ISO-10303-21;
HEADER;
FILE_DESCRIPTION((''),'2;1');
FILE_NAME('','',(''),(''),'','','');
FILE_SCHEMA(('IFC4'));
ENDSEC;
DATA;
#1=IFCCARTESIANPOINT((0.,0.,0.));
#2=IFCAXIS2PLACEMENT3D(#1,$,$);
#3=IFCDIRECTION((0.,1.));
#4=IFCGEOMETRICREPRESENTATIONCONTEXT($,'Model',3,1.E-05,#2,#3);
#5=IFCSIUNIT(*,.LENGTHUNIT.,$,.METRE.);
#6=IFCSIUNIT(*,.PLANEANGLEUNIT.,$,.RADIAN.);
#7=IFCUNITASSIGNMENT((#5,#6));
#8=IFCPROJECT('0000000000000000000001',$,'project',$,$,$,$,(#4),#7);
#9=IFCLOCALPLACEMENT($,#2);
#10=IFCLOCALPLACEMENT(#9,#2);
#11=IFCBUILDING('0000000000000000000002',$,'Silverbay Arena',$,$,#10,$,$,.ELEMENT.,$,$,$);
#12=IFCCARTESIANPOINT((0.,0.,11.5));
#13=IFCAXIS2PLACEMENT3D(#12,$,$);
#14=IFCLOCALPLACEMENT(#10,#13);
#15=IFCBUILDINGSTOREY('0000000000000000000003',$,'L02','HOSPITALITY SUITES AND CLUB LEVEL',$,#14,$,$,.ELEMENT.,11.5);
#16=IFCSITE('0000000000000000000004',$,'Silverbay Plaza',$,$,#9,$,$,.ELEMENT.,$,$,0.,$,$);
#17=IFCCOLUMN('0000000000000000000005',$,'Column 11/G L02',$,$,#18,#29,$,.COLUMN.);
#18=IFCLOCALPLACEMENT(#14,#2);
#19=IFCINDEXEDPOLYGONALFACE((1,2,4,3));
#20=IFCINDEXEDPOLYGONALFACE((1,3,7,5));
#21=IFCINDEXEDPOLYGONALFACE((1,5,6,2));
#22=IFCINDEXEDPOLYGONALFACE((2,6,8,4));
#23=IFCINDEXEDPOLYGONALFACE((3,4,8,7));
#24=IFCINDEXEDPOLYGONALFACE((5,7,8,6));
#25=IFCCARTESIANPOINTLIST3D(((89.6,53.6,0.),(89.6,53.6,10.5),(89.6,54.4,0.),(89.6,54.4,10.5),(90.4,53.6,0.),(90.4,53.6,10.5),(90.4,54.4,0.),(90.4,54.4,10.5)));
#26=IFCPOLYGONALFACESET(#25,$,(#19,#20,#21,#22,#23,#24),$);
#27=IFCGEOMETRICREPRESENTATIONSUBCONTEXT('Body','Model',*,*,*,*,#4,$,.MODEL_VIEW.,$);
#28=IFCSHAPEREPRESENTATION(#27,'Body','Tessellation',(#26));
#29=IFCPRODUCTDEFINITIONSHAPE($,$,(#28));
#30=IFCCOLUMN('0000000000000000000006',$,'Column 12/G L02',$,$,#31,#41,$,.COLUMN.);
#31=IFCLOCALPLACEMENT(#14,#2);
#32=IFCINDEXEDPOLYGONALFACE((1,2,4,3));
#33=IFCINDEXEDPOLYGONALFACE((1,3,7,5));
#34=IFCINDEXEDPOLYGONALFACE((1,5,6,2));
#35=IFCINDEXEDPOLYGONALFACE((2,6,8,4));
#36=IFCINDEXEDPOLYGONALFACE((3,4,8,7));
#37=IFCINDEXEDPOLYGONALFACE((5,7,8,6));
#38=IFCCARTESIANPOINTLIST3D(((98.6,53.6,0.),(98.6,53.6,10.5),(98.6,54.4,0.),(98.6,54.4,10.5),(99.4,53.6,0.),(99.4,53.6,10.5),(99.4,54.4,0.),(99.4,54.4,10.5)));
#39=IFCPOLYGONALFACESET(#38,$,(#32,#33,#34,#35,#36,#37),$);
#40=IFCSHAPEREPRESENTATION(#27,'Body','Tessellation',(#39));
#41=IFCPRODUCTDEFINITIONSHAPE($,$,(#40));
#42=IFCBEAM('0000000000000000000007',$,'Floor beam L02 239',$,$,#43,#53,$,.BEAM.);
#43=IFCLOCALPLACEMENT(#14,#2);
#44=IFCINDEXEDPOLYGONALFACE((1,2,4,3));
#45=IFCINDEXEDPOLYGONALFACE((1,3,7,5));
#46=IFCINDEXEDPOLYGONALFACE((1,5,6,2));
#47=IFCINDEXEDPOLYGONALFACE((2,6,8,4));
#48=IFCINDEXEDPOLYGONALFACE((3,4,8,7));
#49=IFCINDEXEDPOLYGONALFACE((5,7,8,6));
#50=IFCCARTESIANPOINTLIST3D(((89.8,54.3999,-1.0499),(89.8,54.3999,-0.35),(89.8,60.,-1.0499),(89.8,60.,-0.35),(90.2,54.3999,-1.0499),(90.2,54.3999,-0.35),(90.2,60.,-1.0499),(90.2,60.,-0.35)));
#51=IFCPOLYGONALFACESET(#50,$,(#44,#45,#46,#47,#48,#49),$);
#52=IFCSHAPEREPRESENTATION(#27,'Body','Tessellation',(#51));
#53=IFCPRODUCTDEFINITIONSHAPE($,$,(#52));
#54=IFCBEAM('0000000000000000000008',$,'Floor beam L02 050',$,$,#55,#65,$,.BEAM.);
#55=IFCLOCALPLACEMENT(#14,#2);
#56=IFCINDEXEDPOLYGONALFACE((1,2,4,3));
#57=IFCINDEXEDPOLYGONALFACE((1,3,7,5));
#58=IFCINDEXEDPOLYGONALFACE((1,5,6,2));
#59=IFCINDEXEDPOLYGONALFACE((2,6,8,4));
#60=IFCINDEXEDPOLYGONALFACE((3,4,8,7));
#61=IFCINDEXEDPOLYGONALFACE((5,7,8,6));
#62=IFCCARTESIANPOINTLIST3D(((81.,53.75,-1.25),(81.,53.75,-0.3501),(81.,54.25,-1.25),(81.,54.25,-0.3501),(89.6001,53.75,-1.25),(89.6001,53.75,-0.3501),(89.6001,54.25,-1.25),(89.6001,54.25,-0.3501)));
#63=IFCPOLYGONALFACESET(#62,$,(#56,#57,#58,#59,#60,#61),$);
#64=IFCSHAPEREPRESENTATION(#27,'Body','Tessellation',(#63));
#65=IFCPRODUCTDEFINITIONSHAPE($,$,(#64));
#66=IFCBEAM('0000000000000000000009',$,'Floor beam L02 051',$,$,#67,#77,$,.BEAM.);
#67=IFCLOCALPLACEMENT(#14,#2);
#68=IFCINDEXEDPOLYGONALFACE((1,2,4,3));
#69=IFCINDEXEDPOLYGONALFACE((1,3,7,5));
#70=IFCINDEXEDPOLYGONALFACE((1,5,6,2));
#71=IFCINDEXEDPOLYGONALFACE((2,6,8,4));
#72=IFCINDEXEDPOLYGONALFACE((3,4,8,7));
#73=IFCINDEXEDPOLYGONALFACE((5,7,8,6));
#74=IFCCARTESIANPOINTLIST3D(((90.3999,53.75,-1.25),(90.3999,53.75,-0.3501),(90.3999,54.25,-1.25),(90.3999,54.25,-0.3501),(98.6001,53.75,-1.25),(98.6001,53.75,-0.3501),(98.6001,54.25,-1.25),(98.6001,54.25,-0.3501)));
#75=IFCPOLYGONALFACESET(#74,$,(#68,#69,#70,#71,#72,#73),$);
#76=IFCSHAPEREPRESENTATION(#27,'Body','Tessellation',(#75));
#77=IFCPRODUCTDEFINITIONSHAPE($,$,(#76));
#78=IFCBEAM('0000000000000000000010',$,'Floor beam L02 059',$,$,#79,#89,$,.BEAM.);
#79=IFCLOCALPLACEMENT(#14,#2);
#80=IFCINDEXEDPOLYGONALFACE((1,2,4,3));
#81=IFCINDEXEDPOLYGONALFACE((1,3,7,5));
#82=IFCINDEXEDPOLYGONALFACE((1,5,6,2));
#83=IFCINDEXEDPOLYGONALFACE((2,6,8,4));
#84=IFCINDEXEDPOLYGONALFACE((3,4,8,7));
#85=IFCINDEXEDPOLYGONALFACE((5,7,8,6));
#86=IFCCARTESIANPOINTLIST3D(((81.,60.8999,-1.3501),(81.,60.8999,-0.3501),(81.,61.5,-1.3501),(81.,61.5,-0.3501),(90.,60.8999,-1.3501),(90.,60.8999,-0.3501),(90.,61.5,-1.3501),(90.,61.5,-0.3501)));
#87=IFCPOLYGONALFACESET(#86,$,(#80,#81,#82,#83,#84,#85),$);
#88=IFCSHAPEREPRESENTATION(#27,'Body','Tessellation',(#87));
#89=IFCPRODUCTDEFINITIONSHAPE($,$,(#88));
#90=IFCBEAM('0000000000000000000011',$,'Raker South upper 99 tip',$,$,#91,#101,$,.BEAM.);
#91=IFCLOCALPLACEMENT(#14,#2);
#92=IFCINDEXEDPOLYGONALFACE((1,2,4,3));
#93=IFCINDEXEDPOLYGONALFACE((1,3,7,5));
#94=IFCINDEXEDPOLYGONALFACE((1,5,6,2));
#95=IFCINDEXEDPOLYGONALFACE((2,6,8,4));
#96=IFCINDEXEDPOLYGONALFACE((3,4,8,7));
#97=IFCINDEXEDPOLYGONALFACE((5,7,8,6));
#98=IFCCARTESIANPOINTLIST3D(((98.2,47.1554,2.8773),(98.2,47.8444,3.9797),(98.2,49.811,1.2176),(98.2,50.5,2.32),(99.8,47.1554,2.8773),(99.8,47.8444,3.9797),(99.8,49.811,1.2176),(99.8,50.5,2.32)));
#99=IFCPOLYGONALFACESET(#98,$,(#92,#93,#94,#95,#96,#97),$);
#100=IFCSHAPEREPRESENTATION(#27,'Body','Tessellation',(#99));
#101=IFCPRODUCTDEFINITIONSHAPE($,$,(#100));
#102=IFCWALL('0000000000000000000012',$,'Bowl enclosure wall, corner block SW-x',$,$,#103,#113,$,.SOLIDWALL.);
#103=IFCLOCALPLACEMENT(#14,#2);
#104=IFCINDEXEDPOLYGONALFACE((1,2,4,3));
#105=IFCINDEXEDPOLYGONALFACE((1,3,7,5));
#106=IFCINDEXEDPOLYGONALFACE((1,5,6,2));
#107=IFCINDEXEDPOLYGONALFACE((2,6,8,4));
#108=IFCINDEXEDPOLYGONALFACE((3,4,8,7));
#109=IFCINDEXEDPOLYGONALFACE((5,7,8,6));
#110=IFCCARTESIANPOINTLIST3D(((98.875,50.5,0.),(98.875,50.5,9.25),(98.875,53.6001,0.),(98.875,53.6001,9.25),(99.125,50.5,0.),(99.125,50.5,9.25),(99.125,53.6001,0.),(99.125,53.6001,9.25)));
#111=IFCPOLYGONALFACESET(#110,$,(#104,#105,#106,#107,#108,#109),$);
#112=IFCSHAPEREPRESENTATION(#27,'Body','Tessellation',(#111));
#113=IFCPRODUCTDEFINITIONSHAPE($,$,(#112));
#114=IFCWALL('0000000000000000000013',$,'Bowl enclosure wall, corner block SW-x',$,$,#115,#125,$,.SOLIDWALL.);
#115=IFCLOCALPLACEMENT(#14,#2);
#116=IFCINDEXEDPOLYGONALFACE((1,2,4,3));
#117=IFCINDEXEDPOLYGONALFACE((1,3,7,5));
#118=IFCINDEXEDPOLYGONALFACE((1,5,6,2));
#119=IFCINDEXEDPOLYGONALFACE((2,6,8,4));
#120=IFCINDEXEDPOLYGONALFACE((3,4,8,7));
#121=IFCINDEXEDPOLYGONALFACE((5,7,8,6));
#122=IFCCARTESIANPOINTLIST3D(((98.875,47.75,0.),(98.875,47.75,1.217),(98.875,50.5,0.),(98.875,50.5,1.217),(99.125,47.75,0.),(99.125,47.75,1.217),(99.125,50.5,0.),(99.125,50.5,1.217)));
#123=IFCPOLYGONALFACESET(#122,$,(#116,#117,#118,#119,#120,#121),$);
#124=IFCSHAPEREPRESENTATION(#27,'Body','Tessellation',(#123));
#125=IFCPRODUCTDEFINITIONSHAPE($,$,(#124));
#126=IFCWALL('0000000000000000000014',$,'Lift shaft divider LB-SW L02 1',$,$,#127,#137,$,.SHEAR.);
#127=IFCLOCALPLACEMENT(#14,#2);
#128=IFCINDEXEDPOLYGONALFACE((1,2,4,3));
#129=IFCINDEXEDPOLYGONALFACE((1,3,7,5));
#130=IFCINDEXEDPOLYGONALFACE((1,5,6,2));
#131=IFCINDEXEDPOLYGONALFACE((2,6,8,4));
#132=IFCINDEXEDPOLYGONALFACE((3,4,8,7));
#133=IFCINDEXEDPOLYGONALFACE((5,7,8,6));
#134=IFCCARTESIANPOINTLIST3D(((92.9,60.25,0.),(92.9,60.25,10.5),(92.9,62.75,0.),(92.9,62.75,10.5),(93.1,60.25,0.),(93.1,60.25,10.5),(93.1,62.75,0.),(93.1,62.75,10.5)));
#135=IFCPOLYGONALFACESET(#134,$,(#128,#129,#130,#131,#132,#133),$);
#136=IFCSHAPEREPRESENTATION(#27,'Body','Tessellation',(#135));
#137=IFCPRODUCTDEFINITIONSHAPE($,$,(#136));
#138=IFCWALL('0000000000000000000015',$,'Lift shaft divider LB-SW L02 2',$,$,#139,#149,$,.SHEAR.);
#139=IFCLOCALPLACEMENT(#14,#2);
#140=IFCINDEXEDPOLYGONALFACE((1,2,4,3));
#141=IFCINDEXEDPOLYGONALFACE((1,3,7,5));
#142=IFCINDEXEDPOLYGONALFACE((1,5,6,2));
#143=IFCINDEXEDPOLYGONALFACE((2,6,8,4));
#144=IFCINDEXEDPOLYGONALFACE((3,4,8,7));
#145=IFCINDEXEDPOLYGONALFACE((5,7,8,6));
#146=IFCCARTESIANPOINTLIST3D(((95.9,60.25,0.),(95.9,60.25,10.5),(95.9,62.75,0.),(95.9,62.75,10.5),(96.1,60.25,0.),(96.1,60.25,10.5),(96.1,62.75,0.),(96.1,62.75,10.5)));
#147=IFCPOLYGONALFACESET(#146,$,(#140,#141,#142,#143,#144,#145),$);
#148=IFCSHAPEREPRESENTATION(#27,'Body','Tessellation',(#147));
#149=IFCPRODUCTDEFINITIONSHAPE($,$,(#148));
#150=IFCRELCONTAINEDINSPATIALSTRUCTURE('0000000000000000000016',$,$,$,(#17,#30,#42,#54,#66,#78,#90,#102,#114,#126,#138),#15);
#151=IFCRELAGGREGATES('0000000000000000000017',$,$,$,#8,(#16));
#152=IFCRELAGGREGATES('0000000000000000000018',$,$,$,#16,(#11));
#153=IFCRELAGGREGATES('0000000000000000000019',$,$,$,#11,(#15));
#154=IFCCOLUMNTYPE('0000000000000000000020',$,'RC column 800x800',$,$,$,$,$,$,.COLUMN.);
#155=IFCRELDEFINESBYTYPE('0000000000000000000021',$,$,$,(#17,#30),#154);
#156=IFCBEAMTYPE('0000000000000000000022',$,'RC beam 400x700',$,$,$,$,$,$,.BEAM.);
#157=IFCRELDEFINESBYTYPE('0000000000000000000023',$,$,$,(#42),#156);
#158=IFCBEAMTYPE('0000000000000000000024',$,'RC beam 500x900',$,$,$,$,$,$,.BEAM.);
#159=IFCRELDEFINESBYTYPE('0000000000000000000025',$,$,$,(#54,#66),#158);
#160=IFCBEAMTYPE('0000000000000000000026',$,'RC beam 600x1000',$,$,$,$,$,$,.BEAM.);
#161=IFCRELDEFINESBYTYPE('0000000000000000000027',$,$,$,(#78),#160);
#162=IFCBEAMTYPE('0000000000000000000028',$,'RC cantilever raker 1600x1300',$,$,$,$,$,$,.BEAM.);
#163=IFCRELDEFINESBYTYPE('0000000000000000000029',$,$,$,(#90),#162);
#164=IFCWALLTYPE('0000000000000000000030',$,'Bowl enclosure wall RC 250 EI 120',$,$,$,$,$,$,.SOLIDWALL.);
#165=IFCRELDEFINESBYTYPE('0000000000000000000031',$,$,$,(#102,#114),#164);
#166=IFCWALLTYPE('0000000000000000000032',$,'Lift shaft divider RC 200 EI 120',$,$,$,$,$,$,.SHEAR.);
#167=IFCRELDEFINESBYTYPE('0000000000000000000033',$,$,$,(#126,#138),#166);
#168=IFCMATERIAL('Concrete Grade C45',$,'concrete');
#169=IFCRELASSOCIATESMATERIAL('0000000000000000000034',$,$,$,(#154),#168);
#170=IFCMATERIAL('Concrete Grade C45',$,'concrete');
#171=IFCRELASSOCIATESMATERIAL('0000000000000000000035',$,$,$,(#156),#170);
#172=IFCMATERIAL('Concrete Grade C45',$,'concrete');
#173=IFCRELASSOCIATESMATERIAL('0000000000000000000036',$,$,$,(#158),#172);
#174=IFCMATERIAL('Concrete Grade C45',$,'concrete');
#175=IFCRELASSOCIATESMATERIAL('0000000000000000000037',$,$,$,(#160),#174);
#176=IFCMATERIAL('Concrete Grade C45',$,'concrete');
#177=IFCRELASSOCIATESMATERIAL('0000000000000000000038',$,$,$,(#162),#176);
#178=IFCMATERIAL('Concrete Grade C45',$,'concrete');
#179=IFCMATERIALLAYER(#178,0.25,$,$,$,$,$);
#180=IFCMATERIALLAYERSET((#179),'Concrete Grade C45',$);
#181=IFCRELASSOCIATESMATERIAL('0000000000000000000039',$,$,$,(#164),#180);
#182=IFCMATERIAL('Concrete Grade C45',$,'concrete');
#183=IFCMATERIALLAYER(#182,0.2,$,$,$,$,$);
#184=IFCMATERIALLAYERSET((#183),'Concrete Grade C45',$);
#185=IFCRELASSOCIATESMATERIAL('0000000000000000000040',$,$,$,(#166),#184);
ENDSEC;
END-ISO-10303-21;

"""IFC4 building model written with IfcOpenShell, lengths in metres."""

from ifc_helpers import new_model, si_unit, direction, frame, frame_2d, origin, origin_2d, place, context, subcontext, project, spatial, rectangle, extrude, material, layer, layer_set, material_profile, profile_set, type_object, element, save


model = new_model("IFC4")

# Units and contexts
model_context = context("Model", 3, precision=1e-05, world=origin(), true_north=direction((0.0, 1.0)))
body_context = subcontext(model_context, "Body", "Model", "MODEL_VIEW")
ifc_project = project(units=[si_unit("LENGTHUNIT", "METRE"), si_unit("PLANEANGLEUNIT", "RADIAN")], contexts=[model_context])

# Site, building, storey
site_placement = place(None, origin())
site = spatial("IfcSite", under=ifc_project, at=site_placement, Name="Silverbay Plaza", CompositionType="ELEMENT", RefElevation=0.0)
building_placement = place(site_placement, origin())
building = spatial("IfcBuilding", under=site, at=building_placement, Name="Silverbay Arena", CompositionType="ELEMENT")
storey_placement = place(building_placement, frame((0.0, 0.0, 11.5)))
storey = spatial("IfcBuildingStorey", under=building, at=storey_placement, Name="L02", Description="HOSPITALITY SUITES AND CLUB LEVEL", CompositionType="ELEMENT", Elevation=11.5)

# Columns
ifc_material_1 = material(Name="Concrete Grade C45", Category="concrete")
ifc_material_profile_1 = material_profile(ifc_material_1, rectangle(XDim=0.8, YDim=0.8, at=origin_2d()), Name="RC 800x800")
ifc_profile_set_1 = profile_set([ifc_material_profile_1], Name="Concrete Grade C45")
column_type = type_object("IfcColumnType", Name="RC column 800x800", PredefinedType="COLUMN", material=ifc_profile_set_1)
for number, where, z_axis, x_axis, name in (
    (1, (90.0, 54.0, 0.0), (0.0, 0.0, 1.0), (1.0, 0.0, 0.0), "Column 11/G L02"),
    (2, (99.0, 54.0, 0.0), (0.0, 0.0, 1.0), (1.0, 0.0, 0.0), "Column 12/G L02"),
):
    element("IfcColumn", number, at=place(storey_placement, frame(where, z_axis=z_axis, x_axis=x_axis)), inside=storey, type_object=column_type, Name=name, PredefinedType="COLUMN", context=body_context, shape_type="SweptSolid", body=[
        extrude(rectangle(XDim=0.8, YDim=0.8, at=origin_2d()), origin(), (0.0, 0.0, 1.0), 10.5),
    ])

# Beams
ifc_material_2 = material(Name="Concrete Grade C45", Category="concrete")
ifc_material_profile_2 = material_profile(ifc_material_2, rectangle(XDim=0.3999, YDim=0.7, at=origin_2d()), Name="RC 400x700")
ifc_profile_set_2 = profile_set([ifc_material_profile_2], Name="Concrete Grade C45")
beam_type_1 = type_object("IfcBeamType", Name="RC beam 400x700", PredefinedType="BEAM", material=ifc_profile_set_2)
beam_1_placement = place(storey_placement, frame((90.0, 54.3999, -0.7), z_axis=(0.0, 1.0, 0.0), x_axis=(-1.0, 0.0, 0.0)))
element("IfcBeam", 3, at=beam_1_placement, inside=storey, type_object=beam_type_1, Name="Floor beam L02 239", PredefinedType="BEAM", context=body_context, shape_type="SweptSolid", body=[
    extrude(rectangle(XDim=0.3999, YDim=0.7, at=origin_2d()), origin(), (0.0, 0.0, 1.0), 5.6001),
])
ifc_material_3 = material(Name="Concrete Grade C45", Category="concrete")
ifc_material_profile_3 = material_profile(ifc_material_3, rectangle(XDim=0.5, YDim=0.8999, at=origin_2d()), Name="RC 500x900")
ifc_profile_set_3 = profile_set([ifc_material_profile_3], Name="Concrete Grade C45")
beam_type_2 = type_object("IfcBeamType", Name="RC beam 500x900", PredefinedType="BEAM", material=ifc_profile_set_3)
beam_2_placement = place(storey_placement, frame((81.0, 54.0, -0.8), z_axis=(1.0, 0.0, 0.0), x_axis=(0.0, 1.0, 0.0)))
element("IfcBeam", 4, at=beam_2_placement, inside=storey, type_object=beam_type_2, Name="Floor beam L02 050", PredefinedType="BEAM", context=body_context, shape_type="SweptSolid", body=[
    extrude(rectangle(XDim=0.5, YDim=0.8999, at=origin_2d()), origin(), (0.0, 0.0, 1.0), 8.6001),
])
beam_3_placement = place(storey_placement, frame((90.3999, 54.0, -0.8), z_axis=(1.0, 0.0, 0.0), x_axis=(0.0, 1.0, 0.0)))
element("IfcBeam", 5, at=beam_3_placement, inside=storey, type_object=beam_type_2, Name="Floor beam L02 051", PredefinedType="BEAM", context=body_context, shape_type="SweptSolid", body=[
    extrude(rectangle(XDim=0.5, YDim=0.8999, at=origin_2d()), origin(), (0.0, 0.0, 1.0), 8.2002),
])
ifc_material_4 = material(Name="Concrete Grade C45", Category="concrete")
ifc_material_profile_4 = material_profile(ifc_material_4, rectangle(XDim=0.6001, YDim=1.0, at=origin_2d()), Name="RC 600x1000")
ifc_profile_set_4 = profile_set([ifc_material_profile_4], Name="Concrete Grade C45")
beam_type_3 = type_object("IfcBeamType", Name="RC beam 600x1000", PredefinedType="BEAM", material=ifc_profile_set_4)
beam_4_placement = place(storey_placement, frame((81.0, 61.2, -0.8501), z_axis=(1.0, 0.0, 0.0), x_axis=(0.0, 1.0, 0.0)))
element("IfcBeam", 6, at=beam_4_placement, inside=storey, type_object=beam_type_3, Name="Floor beam L02 059", PredefinedType="BEAM", context=body_context, shape_type="SweptSolid", body=[
    extrude(rectangle(XDim=0.6001, YDim=1.0, at=origin_2d()), origin(), (0.0, 0.0, 1.0), 9.0),
])
ifc_material_5 = material(Name="Concrete Grade C45", Category="concrete")
ifc_material_profile_5 = material_profile(ifc_material_5, rectangle(XDim=1.6001, YDim=1.3, at=origin_2d()), Name="RC 1600x1300")
ifc_profile_set_5 = profile_set([ifc_material_profile_5], Name="Concrete Grade C45")
beam_type_4 = type_object("IfcBeamType", Name="RC cantilever raker 1600x1300", PredefinedType="BEAM", material=ifc_profile_set_5)
beam_5_placement = place(storey_placement, frame((99.0, 50.1555, 1.7688), z_axis=(0.0, -0.848003, 0.529992), x_axis=(1.0, 0.0, 0.0)))
element("IfcBeam", 7, at=beam_5_placement, inside=storey, type_object=beam_type_4, Name="Raker South upper 99 tip", PredefinedType="BEAM", context=body_context, shape_type="SweptSolid", body=[
    extrude(rectangle(XDim=1.6001, YDim=1.3, at=origin_2d()), origin(), (0.0, 0.0, 1.0), 3.1316),
])

# Walls
ifc_material_6 = material(Name="Concrete Grade C45", Category="concrete")
ifc_layer_1 = layer(ifc_material_6, 0.25)
ifc_layer_set_1 = layer_set([ifc_layer_1], Name="Concrete Grade C45")
wall_type_1 = type_object("IfcWallType", Name="Bowl enclosure wall RC 250 EI 120", PredefinedType="SOLIDWALL", material=ifc_layer_set_1)
wall_1_placement = place(storey_placement, frame((99.0, 50.5, 0.0), z_axis=(0.0, 0.0, 1.0), x_axis=(0.0, 1.0, 0.0)))
element("IfcWall", 8, at=wall_1_placement, inside=storey, type_object=wall_type_1, Name="Bowl enclosure wall, corner block SW-x", PredefinedType="SOLIDWALL", context=body_context, shape_type="SweptSolid", body=[
    extrude(rectangle(XDim=3.1001, YDim=0.25, at=frame_2d((1.55, 0.0))), origin(), (0.0, 0.0, 1.0), 9.25),
])
wall_2_placement = place(storey_placement, frame((99.0, 47.75, 0.0), z_axis=(0.0, 0.0, 1.0), x_axis=(0.0, 1.0, 0.0)))
element("IfcWall", 9, at=wall_2_placement, inside=storey, type_object=wall_type_1, Name="Bowl enclosure wall, corner block SW-x", PredefinedType="SOLIDWALL", context=body_context, shape_type="SweptSolid", body=[
    extrude(rectangle(XDim=2.75, YDim=0.25, at=frame_2d((1.375, 0.0))), origin(), (0.0, 0.0, 1.0), 1.217),
])
ifc_material_7 = material(Name="Concrete Grade C45", Category="concrete")
ifc_layer_2 = layer(ifc_material_7, 0.2)
ifc_layer_set_2 = layer_set([ifc_layer_2], Name="Concrete Grade C45")
wall_type_2 = type_object("IfcWallType", Name="Lift shaft divider RC 200 EI 120", PredefinedType="SHEAR", material=ifc_layer_set_2)
for number, where, z_axis, x_axis, name in (
    (10, (93.0, 60.25, 0.0), (0.0, 0.0, 1.0), (0.0, 1.0, 0.0), "Lift shaft divider LB-SW L02 1"),
    (11, (96.0, 60.25, 0.0), (0.0, 0.0, 1.0), (0.0, 1.0, 0.0), "Lift shaft divider LB-SW L02 2"),
):
    element("IfcWall", number, at=place(storey_placement, frame(where, z_axis=z_axis, x_axis=x_axis)), inside=storey, type_object=wall_type_2, Name=name, PredefinedType="SHEAR", context=body_context, shape_type="SweptSolid", body=[
        extrude(rectangle(XDim=2.5, YDim=0.2, at=frame_2d((1.25, 0.0))), origin(), (0.0, 0.0, 1.0), 10.5),
    ])

save(model, "model.ifc")
